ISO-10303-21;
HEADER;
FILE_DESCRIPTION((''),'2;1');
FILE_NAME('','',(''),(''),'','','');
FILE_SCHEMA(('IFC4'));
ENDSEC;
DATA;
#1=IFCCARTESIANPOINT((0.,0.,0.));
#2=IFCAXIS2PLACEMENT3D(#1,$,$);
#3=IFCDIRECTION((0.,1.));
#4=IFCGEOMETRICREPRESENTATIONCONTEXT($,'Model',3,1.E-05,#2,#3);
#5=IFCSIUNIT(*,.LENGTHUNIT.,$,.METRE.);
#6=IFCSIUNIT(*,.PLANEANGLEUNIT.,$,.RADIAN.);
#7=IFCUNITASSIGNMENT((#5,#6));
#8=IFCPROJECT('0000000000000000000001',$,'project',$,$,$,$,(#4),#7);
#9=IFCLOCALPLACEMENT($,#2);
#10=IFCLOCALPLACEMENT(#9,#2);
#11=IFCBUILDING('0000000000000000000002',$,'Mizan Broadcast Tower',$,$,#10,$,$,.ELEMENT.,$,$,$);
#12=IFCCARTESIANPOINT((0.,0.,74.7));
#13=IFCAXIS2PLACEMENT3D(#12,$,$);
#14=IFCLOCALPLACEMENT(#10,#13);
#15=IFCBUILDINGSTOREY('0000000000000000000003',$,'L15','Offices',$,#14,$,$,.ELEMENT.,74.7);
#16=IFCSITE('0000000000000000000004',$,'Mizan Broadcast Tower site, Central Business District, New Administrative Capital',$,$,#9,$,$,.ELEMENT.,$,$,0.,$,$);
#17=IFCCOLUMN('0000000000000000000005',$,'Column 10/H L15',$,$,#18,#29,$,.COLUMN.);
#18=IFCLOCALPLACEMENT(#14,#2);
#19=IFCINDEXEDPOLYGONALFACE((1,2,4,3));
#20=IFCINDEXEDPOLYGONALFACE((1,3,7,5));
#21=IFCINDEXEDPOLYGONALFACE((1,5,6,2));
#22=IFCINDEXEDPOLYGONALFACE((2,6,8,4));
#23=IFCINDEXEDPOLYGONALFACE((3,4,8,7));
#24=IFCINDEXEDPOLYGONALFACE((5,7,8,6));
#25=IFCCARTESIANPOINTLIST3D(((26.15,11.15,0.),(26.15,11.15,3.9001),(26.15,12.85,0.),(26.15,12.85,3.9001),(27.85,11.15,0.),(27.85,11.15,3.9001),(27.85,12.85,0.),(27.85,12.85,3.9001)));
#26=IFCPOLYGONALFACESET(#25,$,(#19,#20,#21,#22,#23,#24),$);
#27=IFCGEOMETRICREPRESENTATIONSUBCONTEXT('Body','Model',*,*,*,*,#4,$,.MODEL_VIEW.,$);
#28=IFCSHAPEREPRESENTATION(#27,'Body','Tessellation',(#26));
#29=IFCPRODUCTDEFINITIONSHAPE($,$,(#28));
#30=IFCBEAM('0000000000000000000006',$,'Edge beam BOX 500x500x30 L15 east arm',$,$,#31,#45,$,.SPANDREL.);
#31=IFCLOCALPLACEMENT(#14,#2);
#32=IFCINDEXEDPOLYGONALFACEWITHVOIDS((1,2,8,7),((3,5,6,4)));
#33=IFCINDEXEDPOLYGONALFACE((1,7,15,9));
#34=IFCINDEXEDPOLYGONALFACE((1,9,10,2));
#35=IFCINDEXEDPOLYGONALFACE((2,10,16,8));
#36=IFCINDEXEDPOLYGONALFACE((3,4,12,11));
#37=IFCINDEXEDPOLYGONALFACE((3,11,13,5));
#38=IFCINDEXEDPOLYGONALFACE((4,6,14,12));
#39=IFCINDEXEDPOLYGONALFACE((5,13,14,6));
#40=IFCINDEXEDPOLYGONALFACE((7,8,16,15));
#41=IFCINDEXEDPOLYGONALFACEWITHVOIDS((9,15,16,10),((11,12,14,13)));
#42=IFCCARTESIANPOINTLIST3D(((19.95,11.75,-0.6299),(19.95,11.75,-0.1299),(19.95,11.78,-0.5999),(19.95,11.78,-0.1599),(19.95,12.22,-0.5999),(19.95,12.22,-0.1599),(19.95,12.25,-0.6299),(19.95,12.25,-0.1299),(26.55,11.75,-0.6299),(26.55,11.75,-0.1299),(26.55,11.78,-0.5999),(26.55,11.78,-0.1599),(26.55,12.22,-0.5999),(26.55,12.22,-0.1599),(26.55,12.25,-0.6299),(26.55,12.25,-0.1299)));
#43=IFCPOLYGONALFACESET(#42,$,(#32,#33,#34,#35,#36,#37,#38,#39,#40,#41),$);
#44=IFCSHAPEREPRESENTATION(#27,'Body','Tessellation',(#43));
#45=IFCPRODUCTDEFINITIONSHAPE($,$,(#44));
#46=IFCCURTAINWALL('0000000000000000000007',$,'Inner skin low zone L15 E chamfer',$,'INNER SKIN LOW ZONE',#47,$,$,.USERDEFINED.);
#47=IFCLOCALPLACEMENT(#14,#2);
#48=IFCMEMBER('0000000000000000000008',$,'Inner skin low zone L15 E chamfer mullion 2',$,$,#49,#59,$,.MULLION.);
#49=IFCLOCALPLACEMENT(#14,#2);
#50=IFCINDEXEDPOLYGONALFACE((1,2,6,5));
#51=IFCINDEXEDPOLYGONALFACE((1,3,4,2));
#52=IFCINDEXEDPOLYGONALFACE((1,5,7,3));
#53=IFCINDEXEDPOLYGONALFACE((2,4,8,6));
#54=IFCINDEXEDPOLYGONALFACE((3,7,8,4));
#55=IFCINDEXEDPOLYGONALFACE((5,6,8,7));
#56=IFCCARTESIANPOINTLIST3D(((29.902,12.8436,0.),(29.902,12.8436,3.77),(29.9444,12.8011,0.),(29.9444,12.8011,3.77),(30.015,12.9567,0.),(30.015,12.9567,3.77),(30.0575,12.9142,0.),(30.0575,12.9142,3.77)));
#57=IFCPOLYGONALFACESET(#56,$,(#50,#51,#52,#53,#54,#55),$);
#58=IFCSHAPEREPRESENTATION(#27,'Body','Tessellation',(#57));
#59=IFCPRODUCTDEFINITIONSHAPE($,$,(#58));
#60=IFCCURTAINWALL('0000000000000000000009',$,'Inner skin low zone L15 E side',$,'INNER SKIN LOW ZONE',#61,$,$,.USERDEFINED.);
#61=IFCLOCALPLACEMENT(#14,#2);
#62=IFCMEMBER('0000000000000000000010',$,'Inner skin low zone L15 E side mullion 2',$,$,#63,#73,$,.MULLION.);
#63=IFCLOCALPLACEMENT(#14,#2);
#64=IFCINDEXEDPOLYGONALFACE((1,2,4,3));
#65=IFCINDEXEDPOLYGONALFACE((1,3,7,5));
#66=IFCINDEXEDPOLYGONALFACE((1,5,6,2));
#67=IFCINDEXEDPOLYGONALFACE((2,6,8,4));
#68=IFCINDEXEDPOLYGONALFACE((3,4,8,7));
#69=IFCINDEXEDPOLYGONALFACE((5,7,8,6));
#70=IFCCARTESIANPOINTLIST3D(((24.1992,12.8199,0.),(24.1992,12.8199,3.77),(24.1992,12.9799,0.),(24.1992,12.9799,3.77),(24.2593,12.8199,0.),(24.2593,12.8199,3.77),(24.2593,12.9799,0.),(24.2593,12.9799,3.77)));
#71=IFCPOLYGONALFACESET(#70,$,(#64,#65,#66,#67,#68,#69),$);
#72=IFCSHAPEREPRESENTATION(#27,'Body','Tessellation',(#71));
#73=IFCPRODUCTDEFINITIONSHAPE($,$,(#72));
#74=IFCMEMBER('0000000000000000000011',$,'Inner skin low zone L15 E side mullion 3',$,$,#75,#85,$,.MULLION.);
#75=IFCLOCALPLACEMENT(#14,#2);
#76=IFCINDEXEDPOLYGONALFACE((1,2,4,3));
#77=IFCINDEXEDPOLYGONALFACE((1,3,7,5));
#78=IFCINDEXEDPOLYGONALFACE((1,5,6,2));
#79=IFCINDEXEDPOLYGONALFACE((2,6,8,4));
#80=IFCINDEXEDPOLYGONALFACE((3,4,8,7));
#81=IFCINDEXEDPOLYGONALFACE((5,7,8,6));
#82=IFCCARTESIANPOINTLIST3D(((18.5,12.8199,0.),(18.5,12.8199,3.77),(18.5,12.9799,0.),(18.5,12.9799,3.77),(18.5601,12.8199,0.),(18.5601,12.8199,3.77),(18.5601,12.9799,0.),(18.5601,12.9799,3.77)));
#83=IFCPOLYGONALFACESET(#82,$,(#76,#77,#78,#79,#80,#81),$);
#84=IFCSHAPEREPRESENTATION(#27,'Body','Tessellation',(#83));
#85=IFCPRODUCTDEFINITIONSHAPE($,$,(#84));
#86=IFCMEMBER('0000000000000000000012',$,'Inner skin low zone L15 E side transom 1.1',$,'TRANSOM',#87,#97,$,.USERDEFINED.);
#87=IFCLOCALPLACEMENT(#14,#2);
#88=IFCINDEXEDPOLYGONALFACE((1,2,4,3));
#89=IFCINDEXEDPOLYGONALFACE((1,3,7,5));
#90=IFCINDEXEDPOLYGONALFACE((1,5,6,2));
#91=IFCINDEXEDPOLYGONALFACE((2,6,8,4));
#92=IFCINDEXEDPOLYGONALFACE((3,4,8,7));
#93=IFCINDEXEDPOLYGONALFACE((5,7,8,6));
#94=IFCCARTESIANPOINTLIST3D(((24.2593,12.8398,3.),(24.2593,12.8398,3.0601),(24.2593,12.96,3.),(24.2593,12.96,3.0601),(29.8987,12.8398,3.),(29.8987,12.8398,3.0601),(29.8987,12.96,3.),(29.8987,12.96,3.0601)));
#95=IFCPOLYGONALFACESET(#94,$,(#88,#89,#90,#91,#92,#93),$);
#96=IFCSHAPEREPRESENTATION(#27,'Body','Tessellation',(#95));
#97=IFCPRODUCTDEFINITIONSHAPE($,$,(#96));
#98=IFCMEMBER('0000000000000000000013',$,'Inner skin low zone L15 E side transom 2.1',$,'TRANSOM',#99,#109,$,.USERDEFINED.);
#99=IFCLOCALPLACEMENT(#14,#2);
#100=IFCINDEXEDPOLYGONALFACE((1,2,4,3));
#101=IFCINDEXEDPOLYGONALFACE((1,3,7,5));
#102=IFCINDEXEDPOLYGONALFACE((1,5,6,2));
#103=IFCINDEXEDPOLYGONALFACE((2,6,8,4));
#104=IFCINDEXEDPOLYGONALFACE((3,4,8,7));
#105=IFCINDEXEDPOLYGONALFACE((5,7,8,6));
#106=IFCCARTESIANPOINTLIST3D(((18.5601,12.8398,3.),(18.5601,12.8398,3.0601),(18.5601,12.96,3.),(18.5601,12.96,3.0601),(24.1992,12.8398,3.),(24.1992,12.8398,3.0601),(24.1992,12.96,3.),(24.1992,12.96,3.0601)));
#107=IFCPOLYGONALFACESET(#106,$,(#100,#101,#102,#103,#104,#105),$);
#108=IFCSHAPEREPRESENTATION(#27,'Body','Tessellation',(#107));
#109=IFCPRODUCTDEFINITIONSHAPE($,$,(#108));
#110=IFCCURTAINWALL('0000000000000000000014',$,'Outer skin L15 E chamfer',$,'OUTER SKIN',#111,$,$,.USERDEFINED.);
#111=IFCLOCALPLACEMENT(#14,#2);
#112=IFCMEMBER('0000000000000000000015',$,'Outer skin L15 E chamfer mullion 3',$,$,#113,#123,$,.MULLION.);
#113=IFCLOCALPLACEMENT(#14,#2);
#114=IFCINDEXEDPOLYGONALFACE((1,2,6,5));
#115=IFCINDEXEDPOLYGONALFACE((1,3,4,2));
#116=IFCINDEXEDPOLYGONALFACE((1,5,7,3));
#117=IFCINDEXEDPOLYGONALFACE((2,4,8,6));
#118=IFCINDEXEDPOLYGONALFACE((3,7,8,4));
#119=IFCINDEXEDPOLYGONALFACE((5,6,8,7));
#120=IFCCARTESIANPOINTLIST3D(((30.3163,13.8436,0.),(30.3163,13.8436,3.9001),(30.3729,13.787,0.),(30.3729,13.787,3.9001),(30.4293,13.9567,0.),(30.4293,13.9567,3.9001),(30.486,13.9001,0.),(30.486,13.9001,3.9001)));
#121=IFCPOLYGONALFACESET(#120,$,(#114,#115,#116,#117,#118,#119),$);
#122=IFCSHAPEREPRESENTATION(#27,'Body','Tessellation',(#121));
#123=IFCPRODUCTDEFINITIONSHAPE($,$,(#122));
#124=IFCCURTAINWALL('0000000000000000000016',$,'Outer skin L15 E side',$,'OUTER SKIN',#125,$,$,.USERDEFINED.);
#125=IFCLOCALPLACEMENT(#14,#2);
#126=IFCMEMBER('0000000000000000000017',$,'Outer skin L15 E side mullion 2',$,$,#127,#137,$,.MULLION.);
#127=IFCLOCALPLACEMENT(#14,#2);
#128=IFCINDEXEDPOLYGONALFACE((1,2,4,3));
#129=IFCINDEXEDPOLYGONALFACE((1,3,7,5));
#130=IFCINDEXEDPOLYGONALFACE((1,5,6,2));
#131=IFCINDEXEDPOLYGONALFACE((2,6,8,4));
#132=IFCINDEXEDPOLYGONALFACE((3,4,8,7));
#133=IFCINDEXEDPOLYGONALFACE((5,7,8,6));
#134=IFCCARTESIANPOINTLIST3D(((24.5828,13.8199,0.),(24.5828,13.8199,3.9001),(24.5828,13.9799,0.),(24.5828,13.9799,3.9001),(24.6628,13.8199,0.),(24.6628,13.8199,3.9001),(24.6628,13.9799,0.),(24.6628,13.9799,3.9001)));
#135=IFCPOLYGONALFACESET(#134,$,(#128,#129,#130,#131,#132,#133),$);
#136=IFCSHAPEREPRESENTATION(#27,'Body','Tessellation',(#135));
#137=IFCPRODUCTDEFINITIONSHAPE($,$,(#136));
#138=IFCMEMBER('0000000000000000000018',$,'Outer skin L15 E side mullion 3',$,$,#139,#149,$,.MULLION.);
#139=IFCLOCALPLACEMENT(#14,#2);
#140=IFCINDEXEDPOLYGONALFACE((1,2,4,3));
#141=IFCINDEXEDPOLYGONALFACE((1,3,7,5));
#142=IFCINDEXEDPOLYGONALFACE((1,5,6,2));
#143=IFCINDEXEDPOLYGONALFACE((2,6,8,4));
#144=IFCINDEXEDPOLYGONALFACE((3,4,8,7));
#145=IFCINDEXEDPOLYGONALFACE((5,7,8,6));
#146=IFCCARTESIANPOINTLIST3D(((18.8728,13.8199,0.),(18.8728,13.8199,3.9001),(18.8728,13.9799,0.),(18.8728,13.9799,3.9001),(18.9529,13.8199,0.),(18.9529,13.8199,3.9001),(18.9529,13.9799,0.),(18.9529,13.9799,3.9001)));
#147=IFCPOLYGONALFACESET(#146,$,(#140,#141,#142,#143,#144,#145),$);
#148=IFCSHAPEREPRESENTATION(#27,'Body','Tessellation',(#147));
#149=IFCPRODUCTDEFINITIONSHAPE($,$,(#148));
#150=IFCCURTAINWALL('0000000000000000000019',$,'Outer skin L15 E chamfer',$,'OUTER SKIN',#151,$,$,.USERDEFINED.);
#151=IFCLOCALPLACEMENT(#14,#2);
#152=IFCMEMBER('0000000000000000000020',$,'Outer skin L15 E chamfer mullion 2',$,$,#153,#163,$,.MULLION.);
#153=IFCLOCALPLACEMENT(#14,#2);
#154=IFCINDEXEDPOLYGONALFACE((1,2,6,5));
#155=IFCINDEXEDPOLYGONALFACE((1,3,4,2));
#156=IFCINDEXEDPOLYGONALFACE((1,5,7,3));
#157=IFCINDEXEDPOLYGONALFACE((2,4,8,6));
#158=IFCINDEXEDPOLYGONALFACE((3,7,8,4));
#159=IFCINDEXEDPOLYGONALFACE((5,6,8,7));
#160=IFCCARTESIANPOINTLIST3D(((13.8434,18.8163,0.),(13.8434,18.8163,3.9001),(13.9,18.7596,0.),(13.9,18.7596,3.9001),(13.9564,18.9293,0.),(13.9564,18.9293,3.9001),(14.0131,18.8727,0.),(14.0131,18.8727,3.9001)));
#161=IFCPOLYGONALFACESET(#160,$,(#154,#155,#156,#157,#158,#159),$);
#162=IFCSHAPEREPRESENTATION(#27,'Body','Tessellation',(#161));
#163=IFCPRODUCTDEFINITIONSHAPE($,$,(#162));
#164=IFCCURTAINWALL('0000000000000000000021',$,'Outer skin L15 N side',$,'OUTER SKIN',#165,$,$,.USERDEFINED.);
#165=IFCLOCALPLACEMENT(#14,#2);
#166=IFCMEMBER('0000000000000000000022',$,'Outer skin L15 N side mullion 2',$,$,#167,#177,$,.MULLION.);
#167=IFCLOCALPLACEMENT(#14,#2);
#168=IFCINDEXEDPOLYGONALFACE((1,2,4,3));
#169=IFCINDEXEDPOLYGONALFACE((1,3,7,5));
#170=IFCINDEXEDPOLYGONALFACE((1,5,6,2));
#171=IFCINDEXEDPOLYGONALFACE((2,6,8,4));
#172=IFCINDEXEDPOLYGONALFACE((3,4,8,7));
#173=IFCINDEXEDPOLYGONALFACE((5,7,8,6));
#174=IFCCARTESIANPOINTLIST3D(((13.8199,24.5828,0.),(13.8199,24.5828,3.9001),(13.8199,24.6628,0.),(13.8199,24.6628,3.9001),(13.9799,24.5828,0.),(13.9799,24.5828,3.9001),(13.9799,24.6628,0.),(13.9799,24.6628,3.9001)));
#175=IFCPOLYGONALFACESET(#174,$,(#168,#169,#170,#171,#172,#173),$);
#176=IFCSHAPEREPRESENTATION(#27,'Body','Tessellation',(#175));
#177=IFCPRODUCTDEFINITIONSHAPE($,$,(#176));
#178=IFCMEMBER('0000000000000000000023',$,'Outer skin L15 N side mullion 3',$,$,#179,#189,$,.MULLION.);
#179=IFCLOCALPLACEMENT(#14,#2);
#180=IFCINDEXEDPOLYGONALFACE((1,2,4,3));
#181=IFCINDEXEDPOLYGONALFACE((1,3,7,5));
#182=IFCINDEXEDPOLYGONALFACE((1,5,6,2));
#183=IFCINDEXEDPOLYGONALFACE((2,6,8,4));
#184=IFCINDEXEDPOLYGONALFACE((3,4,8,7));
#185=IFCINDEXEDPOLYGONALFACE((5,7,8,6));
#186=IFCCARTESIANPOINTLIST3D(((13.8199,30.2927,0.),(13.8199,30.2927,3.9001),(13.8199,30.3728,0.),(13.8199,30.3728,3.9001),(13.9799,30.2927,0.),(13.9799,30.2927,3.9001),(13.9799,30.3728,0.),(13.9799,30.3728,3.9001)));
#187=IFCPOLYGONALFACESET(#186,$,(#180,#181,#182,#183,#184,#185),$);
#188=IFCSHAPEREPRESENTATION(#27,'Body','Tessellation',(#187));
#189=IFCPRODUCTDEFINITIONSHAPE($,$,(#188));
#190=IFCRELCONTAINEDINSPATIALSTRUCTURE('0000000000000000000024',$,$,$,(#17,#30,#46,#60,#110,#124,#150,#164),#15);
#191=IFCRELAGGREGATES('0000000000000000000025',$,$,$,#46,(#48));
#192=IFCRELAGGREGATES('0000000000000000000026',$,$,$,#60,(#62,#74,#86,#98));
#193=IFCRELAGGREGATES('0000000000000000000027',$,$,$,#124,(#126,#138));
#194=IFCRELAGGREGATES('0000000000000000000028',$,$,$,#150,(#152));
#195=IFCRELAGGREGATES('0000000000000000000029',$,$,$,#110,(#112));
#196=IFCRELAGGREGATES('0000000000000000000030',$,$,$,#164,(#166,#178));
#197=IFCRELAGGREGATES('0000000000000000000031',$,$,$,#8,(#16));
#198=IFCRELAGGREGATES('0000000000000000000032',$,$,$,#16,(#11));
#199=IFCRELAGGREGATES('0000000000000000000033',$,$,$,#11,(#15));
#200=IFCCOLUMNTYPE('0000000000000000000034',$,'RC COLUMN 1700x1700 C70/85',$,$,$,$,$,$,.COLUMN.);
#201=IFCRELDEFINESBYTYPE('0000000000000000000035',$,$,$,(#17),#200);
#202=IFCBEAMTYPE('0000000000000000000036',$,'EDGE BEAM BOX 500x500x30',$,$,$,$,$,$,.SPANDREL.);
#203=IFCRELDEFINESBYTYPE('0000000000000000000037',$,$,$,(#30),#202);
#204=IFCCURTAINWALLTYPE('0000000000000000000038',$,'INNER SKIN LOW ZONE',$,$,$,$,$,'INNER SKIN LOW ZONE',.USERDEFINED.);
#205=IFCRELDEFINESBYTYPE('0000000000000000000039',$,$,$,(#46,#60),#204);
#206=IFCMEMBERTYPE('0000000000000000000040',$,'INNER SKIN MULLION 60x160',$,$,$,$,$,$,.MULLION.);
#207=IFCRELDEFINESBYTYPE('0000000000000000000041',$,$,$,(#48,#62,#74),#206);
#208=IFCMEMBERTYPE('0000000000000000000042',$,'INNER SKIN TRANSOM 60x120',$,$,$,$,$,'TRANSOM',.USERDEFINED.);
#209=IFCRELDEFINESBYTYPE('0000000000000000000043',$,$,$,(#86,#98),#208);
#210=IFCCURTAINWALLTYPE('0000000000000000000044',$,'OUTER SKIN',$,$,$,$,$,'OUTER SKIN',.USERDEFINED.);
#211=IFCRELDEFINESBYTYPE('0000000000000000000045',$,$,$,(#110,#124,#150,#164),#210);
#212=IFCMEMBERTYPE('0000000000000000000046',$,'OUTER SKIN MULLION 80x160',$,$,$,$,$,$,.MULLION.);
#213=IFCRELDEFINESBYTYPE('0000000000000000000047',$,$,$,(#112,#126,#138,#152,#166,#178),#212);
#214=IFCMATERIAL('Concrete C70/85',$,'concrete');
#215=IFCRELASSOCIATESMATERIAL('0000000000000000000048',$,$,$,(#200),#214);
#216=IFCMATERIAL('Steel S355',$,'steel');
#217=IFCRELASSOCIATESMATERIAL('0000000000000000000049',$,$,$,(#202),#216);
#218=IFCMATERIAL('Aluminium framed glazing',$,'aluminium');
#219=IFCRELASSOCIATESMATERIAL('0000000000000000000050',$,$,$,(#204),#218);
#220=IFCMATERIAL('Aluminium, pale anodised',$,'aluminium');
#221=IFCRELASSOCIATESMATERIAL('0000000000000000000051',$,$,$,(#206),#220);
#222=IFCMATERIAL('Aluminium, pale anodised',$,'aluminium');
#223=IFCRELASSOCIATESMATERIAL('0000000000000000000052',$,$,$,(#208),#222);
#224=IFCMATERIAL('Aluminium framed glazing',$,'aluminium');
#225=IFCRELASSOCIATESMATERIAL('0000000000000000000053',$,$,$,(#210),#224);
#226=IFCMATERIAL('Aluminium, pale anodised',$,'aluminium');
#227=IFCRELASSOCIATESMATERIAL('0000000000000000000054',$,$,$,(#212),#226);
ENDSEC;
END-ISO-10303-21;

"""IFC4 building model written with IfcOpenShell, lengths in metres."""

from ifc_helpers import new_model, si_unit, direction, frame, origin, origin_2d, place, context, subcontext, project, spatial, rectangle, hollow_rectangle, extrude, material, material_profile, profile_set, type_object, element, aggregate, save


model = new_model("IFC4")

# Units and contexts
model_context = context("Model", 3, precision=1e-05, world=origin(), true_north=direction((0.0, 1.0)))
body_context = subcontext(model_context, "Body", "Model", "MODEL_VIEW")
ifc_project = project(units=[si_unit("LENGTHUNIT", "METRE"), si_unit("PLANEANGLEUNIT", "RADIAN")], contexts=[model_context])

# Site, building, storey
site_placement = place(None, origin())
site = spatial("IfcSite", under=ifc_project, at=site_placement, Name="Mizan Broadcast Tower site, Central Business District, New Administrative Capital", CompositionType="ELEMENT", RefElevation=0.0)
building_placement = place(site_placement, origin())
building = spatial("IfcBuilding", under=site, at=building_placement, Name="Mizan Broadcast Tower", CompositionType="ELEMENT")
storey_placement = place(building_placement, frame((0.0, 0.0, 74.7)))
storey = spatial("IfcBuildingStorey", under=building, at=storey_placement, Name="L15", Description="Offices", CompositionType="ELEMENT", Elevation=74.7)

# Column
ifc_material_1 = material(Name="Concrete C70/85", Category="concrete")
ifc_material_profile_1 = material_profile(ifc_material_1, rectangle(XDim=1.7, YDim=1.7, at=origin_2d()), Name="RC 1700x1700")
ifc_profile_set_1 = profile_set([ifc_material_profile_1], Name="Concrete C70/85")
column_type = type_object("IfcColumnType", Name="RC COLUMN 1700x1700 C70/85", PredefinedType="COLUMN", material=ifc_profile_set_1)
column_placement = place(storey_placement, frame((27.0, 12.0, 0.0), z_axis=(0.0, 0.0, 1.0), x_axis=(1.0, 0.0, 0.0)))
element("IfcColumn", 1, at=column_placement, inside=storey, type_object=column_type, Name="Column 10/H L15", PredefinedType="COLUMN", context=body_context, shape_type="SweptSolid", body=[
    extrude(rectangle(XDim=1.7, YDim=1.7, at=origin_2d()), origin(), (0.0, 0.0, 1.0), 3.9001),
])

# Beam
ifc_material_2 = material(Name="Steel S355", Category="steel")
ifc_material_profile_2 = material_profile(ifc_material_2, hollow_rectangle(XDim=0.5, YDim=0.5, WallThickness=0.03, at=origin_2d()), Name="BOX 500x500x30")
ifc_profile_set_2 = profile_set([ifc_material_profile_2], Name="Steel S355")
beam_type_1 = type_object("IfcBeamType", Name="EDGE BEAM BOX 500x500x30", PredefinedType="SPANDREL", material=ifc_profile_set_2)
beam_1_placement = place(storey_placement, frame((19.95, 12.0, -0.3799), z_axis=(1.0, 0.0, 0.0), x_axis=(0.0, 1.0, 0.0)))
element("IfcBeam", 2, at=beam_1_placement, inside=storey, type_object=beam_type_1, Name="Edge beam BOX 500x500x30 L15 east arm", PredefinedType="SPANDREL", context=body_context, shape_type="SweptSolid", body=[
    extrude(hollow_rectangle(XDim=0.5, YDim=0.5, WallThickness=0.03, at=origin_2d()), origin(), (0.0, 0.0, 1.0), 6.6001),
])

# Curtain wall, member
ifc_material_3 = material(Name="Aluminium framed glazing", Category="aluminium")
curtain_wall_type_1 = type_object("IfcCurtainWallType", Name="INNER SKIN LOW ZONE", ElementType="INNER SKIN LOW ZONE", PredefinedType="USERDEFINED", material=ifc_material_3)
curtain_wall_1_placement = place(storey_placement, origin())
curtain_wall_1 = element("IfcCurtainWall", 3, at=curtain_wall_1_placement, inside=storey, type_object=curtain_wall_type_1, Name="Inner skin low zone L15 E chamfer", ObjectType="INNER SKIN LOW ZONE", PredefinedType="USERDEFINED")
ifc_material_4 = material(Name="Aluminium, pale anodised", Category="aluminium")
ifc_material_profile_3 = material_profile(ifc_material_4, rectangle(XDim=0.1599, YDim=0.0601, at=origin_2d()), Name="MULLION 160x60")
ifc_profile_set_3 = profile_set([ifc_material_profile_3], Name="Aluminium, pale anodised")
member_type_1 = type_object("IfcMemberType", Name="INNER SKIN MULLION 60x160", PredefinedType="MULLION", material=ifc_profile_set_3)
member_1_placement = place(storey_placement, frame((29.9797, 12.8789, 0.0), z_axis=(0.0, 0.0, 1.0), x_axis=(-0.707107, -0.707107, 0.0)))
member_1 = element("IfcMember", 4, at=member_1_placement, type_object=member_type_1, Name="Inner skin low zone L15 E chamfer mullion 2", PredefinedType="MULLION", context=body_context, shape_type="SweptSolid", body=[
    extrude(rectangle(XDim=0.1599, YDim=0.0601, at=origin_2d()), origin(), (0.0, 0.0, 1.0), 3.77),
])
aggregate(curtain_wall_1, [member_1])

# Curtain wall, members
curtain_wall_2_placement = place(storey_placement, origin())
curtain_wall_2 = element("IfcCurtainWall", 5, at=curtain_wall_2_placement, inside=storey, type_object=curtain_wall_type_1, Name="Inner skin low zone L15 E side", ObjectType="INNER SKIN LOW ZONE", PredefinedType="USERDEFINED")
member_2_placement = place(storey_placement, frame((24.2292, 12.8999, 0.0), z_axis=(0.0, 0.0, 1.0), x_axis=(0.0, -1.0, 0.0)))
member_2 = element("IfcMember", 6, at=member_2_placement, type_object=member_type_1, Name="Inner skin low zone L15 E side mullion 2", PredefinedType="MULLION", context=body_context, shape_type="SweptSolid", body=[
    extrude(rectangle(XDim=0.1599, YDim=0.0601, at=origin_2d()), origin(), (0.0, 0.0, 1.0), 3.77),
])
member_3_placement = place(storey_placement, frame((18.53, 12.8999, 0.0), z_axis=(0.0, 0.0, 1.0), x_axis=(0.0, -1.0, 0.0)))
member_3 = element("IfcMember", 7, at=member_3_placement, type_object=member_type_1, Name="Inner skin low zone L15 E side mullion 3", PredefinedType="MULLION", context=body_context, shape_type="SweptSolid", body=[
    extrude(rectangle(XDim=0.1599, YDim=0.0601, at=origin_2d()), origin(), (0.0, 0.0, 1.0), 3.77),
])
ifc_material_5 = material(Name="Aluminium, pale anodised", Category="aluminium")
ifc_material_profile_4 = material_profile(ifc_material_5, rectangle(XDim=0.1201, YDim=0.0601, at=origin_2d()), Name="TRANSOM 120x60")
ifc_profile_set_4 = profile_set([ifc_material_profile_4], Name="Aluminium, pale anodised")
member_type_2 = type_object("IfcMemberType", Name="INNER SKIN TRANSOM 60x120", ElementType="TRANSOM", PredefinedType="USERDEFINED", material=ifc_profile_set_4)
member_4_placement = place(storey_placement, frame((29.8987, 12.8999, 3.03), z_axis=(-1.0, 0.0, 0.0), x_axis=(0.0, -1.0, 0.0)))
member_4 = element("IfcMember", 8, at=member_4_placement, type_object=member_type_2, Name="Inner skin low zone L15 E side transom 1.1", ObjectType="TRANSOM", PredefinedType="USERDEFINED", context=body_context, shape_type="SweptSolid", body=[
    extrude(rectangle(XDim=0.1201, YDim=0.0601, at=origin_2d()), origin(), (0.0, 0.0, 1.0), 5.6394),
])
member_5_placement = place(storey_placement, frame((24.1992, 12.8999, 3.03), z_axis=(-1.0, 0.0, 0.0), x_axis=(0.0, -1.0, 0.0)))
member_5 = element("IfcMember", 9, at=member_5_placement, type_object=member_type_2, Name="Inner skin low zone L15 E side transom 2.1", ObjectType="TRANSOM", PredefinedType="USERDEFINED", context=body_context, shape_type="SweptSolid", body=[
    extrude(rectangle(XDim=0.1201, YDim=0.0601, at=origin_2d()), origin(), (0.0, 0.0, 1.0), 5.6392),
])

# Curtain wall, member
ifc_material_6 = material(Name="Aluminium framed glazing", Category="aluminium")
curtain_wall_type_2 = type_object("IfcCurtainWallType", Name="OUTER SKIN", ElementType="OUTER SKIN", PredefinedType="USERDEFINED", material=ifc_material_6)
curtain_wall_3_placement = place(storey_placement, origin())
curtain_wall_3 = element("IfcCurtainWall", 10, at=curtain_wall_3_placement, inside=storey, type_object=curtain_wall_type_2, Name="Outer skin L15 E chamfer", ObjectType="OUTER SKIN", PredefinedType="USERDEFINED")
ifc_material_7 = material(Name="Aluminium, pale anodised", Category="aluminium")
ifc_material_profile_5 = material_profile(ifc_material_7, rectangle(XDim=0.1599, YDim=0.0801, at=origin_2d()), Name="MULLION 160x80")
ifc_profile_set_5 = profile_set([ifc_material_profile_5], Name="Aluminium, pale anodised")
member_type_3 = type_object("IfcMemberType", Name="OUTER SKIN MULLION 80x160", PredefinedType="MULLION", material=ifc_profile_set_5)
member_6_placement = place(storey_placement, frame((30.4011, 13.8718, 0.0), z_axis=(0.0, 0.0, 1.0), x_axis=(-0.707107, -0.707107, 0.0)))
member_6 = element("IfcMember", 11, at=member_6_placement, type_object=member_type_3, Name="Outer skin L15 E chamfer mullion 3", PredefinedType="MULLION", context=body_context, shape_type="SweptSolid", body=[
    extrude(rectangle(XDim=0.1599, YDim=0.0801, at=origin_2d()), origin(), (0.0, 0.0, 1.0), 3.9001),
])

# Curtain wall, members
curtain_wall_4_placement = place(storey_placement, origin())
curtain_wall_4 = element("IfcCurtainWall", 12, at=curtain_wall_4_placement, inside=storey, type_object=curtain_wall_type_2, Name="Outer skin L15 E side", ObjectType="OUTER SKIN", PredefinedType="USERDEFINED")
member_7_placement = place(storey_placement, frame((24.6228, 13.8999, 0.0), z_axis=(0.0, 0.0, 1.0), x_axis=(0.0, -1.0, 0.0)))
member_7 = element("IfcMember", 13, at=member_7_placement, type_object=member_type_3, Name="Outer skin L15 E side mullion 2", PredefinedType="MULLION", context=body_context, shape_type="SweptSolid", body=[
    extrude(rectangle(XDim=0.1599, YDim=0.0801, at=origin_2d()), origin(), (0.0, 0.0, 1.0), 3.9001),
])
member_8_placement = place(storey_placement, frame((18.9128, 13.8999, 0.0), z_axis=(0.0, 0.0, 1.0), x_axis=(0.0, -1.0, 0.0)))
member_8 = element("IfcMember", 14, at=member_8_placement, type_object=member_type_3, Name="Outer skin L15 E side mullion 3", PredefinedType="MULLION", context=body_context, shape_type="SweptSolid", body=[
    extrude(rectangle(XDim=0.1599, YDim=0.0801, at=origin_2d()), origin(), (0.0, 0.0, 1.0), 3.9001),
])

# Curtain wall, member
curtain_wall_5_placement = place(storey_placement, origin())
curtain_wall_5 = element("IfcCurtainWall", 15, at=curtain_wall_5_placement, inside=storey, type_object=curtain_wall_type_2, Name="Outer skin L15 E chamfer", ObjectType="OUTER SKIN", PredefinedType="USERDEFINED")
member_9_placement = place(storey_placement, frame((13.9282, 18.8445, 0.0), z_axis=(0.0, 0.0, 1.0), x_axis=(-0.707107, -0.707107, 0.0)))
member_9 = element("IfcMember", 16, at=member_9_placement, type_object=member_type_3, Name="Outer skin L15 E chamfer mullion 2", PredefinedType="MULLION", context=body_context, shape_type="SweptSolid", body=[
    extrude(rectangle(XDim=0.1599, YDim=0.0801, at=origin_2d()), origin(), (0.0, 0.0, 1.0), 3.9001),
])

# Curtain wall, members
curtain_wall_6_placement = place(storey_placement, origin())
curtain_wall_6 = element("IfcCurtainWall", 17, at=curtain_wall_6_placement, inside=storey, type_object=curtain_wall_type_2, Name="Outer skin L15 N side", ObjectType="OUTER SKIN", PredefinedType="USERDEFINED")
member_10_placement = place(storey_placement, frame((13.8999, 24.6228, 0.0), z_axis=(0.0, 0.0, 1.0), x_axis=(-1.0, 0.0, 0.0)))
member_10 = element("IfcMember", 18, at=member_10_placement, type_object=member_type_3, Name="Outer skin L15 N side mullion 2", PredefinedType="MULLION", context=body_context, shape_type="SweptSolid", body=[
    extrude(rectangle(XDim=0.1599, YDim=0.0801, at=origin_2d()), origin(), (0.0, 0.0, 1.0), 3.9001),
])
member_11_placement = place(storey_placement, frame((13.8999, 30.3328, 0.0), z_axis=(0.0, 0.0, 1.0), x_axis=(-1.0, 0.0, 0.0)))
member_11 = element("IfcMember", 19, at=member_11_placement, type_object=member_type_3, Name="Outer skin L15 N side mullion 3", PredefinedType="MULLION", context=body_context, shape_type="SweptSolid", body=[
    extrude(rectangle(XDim=0.1599, YDim=0.0801, at=origin_2d()), origin(), (0.0, 0.0, 1.0), 3.9001),
])

aggregate(curtain_wall_2, [member_2, member_3, member_4, member_5])
aggregate(curtain_wall_4, [member_7, member_8])
aggregate(curtain_wall_5, [member_9])
aggregate(curtain_wall_3, [member_6])
aggregate(curtain_wall_6, [member_10, member_11])

save(model, "model.ifc")
